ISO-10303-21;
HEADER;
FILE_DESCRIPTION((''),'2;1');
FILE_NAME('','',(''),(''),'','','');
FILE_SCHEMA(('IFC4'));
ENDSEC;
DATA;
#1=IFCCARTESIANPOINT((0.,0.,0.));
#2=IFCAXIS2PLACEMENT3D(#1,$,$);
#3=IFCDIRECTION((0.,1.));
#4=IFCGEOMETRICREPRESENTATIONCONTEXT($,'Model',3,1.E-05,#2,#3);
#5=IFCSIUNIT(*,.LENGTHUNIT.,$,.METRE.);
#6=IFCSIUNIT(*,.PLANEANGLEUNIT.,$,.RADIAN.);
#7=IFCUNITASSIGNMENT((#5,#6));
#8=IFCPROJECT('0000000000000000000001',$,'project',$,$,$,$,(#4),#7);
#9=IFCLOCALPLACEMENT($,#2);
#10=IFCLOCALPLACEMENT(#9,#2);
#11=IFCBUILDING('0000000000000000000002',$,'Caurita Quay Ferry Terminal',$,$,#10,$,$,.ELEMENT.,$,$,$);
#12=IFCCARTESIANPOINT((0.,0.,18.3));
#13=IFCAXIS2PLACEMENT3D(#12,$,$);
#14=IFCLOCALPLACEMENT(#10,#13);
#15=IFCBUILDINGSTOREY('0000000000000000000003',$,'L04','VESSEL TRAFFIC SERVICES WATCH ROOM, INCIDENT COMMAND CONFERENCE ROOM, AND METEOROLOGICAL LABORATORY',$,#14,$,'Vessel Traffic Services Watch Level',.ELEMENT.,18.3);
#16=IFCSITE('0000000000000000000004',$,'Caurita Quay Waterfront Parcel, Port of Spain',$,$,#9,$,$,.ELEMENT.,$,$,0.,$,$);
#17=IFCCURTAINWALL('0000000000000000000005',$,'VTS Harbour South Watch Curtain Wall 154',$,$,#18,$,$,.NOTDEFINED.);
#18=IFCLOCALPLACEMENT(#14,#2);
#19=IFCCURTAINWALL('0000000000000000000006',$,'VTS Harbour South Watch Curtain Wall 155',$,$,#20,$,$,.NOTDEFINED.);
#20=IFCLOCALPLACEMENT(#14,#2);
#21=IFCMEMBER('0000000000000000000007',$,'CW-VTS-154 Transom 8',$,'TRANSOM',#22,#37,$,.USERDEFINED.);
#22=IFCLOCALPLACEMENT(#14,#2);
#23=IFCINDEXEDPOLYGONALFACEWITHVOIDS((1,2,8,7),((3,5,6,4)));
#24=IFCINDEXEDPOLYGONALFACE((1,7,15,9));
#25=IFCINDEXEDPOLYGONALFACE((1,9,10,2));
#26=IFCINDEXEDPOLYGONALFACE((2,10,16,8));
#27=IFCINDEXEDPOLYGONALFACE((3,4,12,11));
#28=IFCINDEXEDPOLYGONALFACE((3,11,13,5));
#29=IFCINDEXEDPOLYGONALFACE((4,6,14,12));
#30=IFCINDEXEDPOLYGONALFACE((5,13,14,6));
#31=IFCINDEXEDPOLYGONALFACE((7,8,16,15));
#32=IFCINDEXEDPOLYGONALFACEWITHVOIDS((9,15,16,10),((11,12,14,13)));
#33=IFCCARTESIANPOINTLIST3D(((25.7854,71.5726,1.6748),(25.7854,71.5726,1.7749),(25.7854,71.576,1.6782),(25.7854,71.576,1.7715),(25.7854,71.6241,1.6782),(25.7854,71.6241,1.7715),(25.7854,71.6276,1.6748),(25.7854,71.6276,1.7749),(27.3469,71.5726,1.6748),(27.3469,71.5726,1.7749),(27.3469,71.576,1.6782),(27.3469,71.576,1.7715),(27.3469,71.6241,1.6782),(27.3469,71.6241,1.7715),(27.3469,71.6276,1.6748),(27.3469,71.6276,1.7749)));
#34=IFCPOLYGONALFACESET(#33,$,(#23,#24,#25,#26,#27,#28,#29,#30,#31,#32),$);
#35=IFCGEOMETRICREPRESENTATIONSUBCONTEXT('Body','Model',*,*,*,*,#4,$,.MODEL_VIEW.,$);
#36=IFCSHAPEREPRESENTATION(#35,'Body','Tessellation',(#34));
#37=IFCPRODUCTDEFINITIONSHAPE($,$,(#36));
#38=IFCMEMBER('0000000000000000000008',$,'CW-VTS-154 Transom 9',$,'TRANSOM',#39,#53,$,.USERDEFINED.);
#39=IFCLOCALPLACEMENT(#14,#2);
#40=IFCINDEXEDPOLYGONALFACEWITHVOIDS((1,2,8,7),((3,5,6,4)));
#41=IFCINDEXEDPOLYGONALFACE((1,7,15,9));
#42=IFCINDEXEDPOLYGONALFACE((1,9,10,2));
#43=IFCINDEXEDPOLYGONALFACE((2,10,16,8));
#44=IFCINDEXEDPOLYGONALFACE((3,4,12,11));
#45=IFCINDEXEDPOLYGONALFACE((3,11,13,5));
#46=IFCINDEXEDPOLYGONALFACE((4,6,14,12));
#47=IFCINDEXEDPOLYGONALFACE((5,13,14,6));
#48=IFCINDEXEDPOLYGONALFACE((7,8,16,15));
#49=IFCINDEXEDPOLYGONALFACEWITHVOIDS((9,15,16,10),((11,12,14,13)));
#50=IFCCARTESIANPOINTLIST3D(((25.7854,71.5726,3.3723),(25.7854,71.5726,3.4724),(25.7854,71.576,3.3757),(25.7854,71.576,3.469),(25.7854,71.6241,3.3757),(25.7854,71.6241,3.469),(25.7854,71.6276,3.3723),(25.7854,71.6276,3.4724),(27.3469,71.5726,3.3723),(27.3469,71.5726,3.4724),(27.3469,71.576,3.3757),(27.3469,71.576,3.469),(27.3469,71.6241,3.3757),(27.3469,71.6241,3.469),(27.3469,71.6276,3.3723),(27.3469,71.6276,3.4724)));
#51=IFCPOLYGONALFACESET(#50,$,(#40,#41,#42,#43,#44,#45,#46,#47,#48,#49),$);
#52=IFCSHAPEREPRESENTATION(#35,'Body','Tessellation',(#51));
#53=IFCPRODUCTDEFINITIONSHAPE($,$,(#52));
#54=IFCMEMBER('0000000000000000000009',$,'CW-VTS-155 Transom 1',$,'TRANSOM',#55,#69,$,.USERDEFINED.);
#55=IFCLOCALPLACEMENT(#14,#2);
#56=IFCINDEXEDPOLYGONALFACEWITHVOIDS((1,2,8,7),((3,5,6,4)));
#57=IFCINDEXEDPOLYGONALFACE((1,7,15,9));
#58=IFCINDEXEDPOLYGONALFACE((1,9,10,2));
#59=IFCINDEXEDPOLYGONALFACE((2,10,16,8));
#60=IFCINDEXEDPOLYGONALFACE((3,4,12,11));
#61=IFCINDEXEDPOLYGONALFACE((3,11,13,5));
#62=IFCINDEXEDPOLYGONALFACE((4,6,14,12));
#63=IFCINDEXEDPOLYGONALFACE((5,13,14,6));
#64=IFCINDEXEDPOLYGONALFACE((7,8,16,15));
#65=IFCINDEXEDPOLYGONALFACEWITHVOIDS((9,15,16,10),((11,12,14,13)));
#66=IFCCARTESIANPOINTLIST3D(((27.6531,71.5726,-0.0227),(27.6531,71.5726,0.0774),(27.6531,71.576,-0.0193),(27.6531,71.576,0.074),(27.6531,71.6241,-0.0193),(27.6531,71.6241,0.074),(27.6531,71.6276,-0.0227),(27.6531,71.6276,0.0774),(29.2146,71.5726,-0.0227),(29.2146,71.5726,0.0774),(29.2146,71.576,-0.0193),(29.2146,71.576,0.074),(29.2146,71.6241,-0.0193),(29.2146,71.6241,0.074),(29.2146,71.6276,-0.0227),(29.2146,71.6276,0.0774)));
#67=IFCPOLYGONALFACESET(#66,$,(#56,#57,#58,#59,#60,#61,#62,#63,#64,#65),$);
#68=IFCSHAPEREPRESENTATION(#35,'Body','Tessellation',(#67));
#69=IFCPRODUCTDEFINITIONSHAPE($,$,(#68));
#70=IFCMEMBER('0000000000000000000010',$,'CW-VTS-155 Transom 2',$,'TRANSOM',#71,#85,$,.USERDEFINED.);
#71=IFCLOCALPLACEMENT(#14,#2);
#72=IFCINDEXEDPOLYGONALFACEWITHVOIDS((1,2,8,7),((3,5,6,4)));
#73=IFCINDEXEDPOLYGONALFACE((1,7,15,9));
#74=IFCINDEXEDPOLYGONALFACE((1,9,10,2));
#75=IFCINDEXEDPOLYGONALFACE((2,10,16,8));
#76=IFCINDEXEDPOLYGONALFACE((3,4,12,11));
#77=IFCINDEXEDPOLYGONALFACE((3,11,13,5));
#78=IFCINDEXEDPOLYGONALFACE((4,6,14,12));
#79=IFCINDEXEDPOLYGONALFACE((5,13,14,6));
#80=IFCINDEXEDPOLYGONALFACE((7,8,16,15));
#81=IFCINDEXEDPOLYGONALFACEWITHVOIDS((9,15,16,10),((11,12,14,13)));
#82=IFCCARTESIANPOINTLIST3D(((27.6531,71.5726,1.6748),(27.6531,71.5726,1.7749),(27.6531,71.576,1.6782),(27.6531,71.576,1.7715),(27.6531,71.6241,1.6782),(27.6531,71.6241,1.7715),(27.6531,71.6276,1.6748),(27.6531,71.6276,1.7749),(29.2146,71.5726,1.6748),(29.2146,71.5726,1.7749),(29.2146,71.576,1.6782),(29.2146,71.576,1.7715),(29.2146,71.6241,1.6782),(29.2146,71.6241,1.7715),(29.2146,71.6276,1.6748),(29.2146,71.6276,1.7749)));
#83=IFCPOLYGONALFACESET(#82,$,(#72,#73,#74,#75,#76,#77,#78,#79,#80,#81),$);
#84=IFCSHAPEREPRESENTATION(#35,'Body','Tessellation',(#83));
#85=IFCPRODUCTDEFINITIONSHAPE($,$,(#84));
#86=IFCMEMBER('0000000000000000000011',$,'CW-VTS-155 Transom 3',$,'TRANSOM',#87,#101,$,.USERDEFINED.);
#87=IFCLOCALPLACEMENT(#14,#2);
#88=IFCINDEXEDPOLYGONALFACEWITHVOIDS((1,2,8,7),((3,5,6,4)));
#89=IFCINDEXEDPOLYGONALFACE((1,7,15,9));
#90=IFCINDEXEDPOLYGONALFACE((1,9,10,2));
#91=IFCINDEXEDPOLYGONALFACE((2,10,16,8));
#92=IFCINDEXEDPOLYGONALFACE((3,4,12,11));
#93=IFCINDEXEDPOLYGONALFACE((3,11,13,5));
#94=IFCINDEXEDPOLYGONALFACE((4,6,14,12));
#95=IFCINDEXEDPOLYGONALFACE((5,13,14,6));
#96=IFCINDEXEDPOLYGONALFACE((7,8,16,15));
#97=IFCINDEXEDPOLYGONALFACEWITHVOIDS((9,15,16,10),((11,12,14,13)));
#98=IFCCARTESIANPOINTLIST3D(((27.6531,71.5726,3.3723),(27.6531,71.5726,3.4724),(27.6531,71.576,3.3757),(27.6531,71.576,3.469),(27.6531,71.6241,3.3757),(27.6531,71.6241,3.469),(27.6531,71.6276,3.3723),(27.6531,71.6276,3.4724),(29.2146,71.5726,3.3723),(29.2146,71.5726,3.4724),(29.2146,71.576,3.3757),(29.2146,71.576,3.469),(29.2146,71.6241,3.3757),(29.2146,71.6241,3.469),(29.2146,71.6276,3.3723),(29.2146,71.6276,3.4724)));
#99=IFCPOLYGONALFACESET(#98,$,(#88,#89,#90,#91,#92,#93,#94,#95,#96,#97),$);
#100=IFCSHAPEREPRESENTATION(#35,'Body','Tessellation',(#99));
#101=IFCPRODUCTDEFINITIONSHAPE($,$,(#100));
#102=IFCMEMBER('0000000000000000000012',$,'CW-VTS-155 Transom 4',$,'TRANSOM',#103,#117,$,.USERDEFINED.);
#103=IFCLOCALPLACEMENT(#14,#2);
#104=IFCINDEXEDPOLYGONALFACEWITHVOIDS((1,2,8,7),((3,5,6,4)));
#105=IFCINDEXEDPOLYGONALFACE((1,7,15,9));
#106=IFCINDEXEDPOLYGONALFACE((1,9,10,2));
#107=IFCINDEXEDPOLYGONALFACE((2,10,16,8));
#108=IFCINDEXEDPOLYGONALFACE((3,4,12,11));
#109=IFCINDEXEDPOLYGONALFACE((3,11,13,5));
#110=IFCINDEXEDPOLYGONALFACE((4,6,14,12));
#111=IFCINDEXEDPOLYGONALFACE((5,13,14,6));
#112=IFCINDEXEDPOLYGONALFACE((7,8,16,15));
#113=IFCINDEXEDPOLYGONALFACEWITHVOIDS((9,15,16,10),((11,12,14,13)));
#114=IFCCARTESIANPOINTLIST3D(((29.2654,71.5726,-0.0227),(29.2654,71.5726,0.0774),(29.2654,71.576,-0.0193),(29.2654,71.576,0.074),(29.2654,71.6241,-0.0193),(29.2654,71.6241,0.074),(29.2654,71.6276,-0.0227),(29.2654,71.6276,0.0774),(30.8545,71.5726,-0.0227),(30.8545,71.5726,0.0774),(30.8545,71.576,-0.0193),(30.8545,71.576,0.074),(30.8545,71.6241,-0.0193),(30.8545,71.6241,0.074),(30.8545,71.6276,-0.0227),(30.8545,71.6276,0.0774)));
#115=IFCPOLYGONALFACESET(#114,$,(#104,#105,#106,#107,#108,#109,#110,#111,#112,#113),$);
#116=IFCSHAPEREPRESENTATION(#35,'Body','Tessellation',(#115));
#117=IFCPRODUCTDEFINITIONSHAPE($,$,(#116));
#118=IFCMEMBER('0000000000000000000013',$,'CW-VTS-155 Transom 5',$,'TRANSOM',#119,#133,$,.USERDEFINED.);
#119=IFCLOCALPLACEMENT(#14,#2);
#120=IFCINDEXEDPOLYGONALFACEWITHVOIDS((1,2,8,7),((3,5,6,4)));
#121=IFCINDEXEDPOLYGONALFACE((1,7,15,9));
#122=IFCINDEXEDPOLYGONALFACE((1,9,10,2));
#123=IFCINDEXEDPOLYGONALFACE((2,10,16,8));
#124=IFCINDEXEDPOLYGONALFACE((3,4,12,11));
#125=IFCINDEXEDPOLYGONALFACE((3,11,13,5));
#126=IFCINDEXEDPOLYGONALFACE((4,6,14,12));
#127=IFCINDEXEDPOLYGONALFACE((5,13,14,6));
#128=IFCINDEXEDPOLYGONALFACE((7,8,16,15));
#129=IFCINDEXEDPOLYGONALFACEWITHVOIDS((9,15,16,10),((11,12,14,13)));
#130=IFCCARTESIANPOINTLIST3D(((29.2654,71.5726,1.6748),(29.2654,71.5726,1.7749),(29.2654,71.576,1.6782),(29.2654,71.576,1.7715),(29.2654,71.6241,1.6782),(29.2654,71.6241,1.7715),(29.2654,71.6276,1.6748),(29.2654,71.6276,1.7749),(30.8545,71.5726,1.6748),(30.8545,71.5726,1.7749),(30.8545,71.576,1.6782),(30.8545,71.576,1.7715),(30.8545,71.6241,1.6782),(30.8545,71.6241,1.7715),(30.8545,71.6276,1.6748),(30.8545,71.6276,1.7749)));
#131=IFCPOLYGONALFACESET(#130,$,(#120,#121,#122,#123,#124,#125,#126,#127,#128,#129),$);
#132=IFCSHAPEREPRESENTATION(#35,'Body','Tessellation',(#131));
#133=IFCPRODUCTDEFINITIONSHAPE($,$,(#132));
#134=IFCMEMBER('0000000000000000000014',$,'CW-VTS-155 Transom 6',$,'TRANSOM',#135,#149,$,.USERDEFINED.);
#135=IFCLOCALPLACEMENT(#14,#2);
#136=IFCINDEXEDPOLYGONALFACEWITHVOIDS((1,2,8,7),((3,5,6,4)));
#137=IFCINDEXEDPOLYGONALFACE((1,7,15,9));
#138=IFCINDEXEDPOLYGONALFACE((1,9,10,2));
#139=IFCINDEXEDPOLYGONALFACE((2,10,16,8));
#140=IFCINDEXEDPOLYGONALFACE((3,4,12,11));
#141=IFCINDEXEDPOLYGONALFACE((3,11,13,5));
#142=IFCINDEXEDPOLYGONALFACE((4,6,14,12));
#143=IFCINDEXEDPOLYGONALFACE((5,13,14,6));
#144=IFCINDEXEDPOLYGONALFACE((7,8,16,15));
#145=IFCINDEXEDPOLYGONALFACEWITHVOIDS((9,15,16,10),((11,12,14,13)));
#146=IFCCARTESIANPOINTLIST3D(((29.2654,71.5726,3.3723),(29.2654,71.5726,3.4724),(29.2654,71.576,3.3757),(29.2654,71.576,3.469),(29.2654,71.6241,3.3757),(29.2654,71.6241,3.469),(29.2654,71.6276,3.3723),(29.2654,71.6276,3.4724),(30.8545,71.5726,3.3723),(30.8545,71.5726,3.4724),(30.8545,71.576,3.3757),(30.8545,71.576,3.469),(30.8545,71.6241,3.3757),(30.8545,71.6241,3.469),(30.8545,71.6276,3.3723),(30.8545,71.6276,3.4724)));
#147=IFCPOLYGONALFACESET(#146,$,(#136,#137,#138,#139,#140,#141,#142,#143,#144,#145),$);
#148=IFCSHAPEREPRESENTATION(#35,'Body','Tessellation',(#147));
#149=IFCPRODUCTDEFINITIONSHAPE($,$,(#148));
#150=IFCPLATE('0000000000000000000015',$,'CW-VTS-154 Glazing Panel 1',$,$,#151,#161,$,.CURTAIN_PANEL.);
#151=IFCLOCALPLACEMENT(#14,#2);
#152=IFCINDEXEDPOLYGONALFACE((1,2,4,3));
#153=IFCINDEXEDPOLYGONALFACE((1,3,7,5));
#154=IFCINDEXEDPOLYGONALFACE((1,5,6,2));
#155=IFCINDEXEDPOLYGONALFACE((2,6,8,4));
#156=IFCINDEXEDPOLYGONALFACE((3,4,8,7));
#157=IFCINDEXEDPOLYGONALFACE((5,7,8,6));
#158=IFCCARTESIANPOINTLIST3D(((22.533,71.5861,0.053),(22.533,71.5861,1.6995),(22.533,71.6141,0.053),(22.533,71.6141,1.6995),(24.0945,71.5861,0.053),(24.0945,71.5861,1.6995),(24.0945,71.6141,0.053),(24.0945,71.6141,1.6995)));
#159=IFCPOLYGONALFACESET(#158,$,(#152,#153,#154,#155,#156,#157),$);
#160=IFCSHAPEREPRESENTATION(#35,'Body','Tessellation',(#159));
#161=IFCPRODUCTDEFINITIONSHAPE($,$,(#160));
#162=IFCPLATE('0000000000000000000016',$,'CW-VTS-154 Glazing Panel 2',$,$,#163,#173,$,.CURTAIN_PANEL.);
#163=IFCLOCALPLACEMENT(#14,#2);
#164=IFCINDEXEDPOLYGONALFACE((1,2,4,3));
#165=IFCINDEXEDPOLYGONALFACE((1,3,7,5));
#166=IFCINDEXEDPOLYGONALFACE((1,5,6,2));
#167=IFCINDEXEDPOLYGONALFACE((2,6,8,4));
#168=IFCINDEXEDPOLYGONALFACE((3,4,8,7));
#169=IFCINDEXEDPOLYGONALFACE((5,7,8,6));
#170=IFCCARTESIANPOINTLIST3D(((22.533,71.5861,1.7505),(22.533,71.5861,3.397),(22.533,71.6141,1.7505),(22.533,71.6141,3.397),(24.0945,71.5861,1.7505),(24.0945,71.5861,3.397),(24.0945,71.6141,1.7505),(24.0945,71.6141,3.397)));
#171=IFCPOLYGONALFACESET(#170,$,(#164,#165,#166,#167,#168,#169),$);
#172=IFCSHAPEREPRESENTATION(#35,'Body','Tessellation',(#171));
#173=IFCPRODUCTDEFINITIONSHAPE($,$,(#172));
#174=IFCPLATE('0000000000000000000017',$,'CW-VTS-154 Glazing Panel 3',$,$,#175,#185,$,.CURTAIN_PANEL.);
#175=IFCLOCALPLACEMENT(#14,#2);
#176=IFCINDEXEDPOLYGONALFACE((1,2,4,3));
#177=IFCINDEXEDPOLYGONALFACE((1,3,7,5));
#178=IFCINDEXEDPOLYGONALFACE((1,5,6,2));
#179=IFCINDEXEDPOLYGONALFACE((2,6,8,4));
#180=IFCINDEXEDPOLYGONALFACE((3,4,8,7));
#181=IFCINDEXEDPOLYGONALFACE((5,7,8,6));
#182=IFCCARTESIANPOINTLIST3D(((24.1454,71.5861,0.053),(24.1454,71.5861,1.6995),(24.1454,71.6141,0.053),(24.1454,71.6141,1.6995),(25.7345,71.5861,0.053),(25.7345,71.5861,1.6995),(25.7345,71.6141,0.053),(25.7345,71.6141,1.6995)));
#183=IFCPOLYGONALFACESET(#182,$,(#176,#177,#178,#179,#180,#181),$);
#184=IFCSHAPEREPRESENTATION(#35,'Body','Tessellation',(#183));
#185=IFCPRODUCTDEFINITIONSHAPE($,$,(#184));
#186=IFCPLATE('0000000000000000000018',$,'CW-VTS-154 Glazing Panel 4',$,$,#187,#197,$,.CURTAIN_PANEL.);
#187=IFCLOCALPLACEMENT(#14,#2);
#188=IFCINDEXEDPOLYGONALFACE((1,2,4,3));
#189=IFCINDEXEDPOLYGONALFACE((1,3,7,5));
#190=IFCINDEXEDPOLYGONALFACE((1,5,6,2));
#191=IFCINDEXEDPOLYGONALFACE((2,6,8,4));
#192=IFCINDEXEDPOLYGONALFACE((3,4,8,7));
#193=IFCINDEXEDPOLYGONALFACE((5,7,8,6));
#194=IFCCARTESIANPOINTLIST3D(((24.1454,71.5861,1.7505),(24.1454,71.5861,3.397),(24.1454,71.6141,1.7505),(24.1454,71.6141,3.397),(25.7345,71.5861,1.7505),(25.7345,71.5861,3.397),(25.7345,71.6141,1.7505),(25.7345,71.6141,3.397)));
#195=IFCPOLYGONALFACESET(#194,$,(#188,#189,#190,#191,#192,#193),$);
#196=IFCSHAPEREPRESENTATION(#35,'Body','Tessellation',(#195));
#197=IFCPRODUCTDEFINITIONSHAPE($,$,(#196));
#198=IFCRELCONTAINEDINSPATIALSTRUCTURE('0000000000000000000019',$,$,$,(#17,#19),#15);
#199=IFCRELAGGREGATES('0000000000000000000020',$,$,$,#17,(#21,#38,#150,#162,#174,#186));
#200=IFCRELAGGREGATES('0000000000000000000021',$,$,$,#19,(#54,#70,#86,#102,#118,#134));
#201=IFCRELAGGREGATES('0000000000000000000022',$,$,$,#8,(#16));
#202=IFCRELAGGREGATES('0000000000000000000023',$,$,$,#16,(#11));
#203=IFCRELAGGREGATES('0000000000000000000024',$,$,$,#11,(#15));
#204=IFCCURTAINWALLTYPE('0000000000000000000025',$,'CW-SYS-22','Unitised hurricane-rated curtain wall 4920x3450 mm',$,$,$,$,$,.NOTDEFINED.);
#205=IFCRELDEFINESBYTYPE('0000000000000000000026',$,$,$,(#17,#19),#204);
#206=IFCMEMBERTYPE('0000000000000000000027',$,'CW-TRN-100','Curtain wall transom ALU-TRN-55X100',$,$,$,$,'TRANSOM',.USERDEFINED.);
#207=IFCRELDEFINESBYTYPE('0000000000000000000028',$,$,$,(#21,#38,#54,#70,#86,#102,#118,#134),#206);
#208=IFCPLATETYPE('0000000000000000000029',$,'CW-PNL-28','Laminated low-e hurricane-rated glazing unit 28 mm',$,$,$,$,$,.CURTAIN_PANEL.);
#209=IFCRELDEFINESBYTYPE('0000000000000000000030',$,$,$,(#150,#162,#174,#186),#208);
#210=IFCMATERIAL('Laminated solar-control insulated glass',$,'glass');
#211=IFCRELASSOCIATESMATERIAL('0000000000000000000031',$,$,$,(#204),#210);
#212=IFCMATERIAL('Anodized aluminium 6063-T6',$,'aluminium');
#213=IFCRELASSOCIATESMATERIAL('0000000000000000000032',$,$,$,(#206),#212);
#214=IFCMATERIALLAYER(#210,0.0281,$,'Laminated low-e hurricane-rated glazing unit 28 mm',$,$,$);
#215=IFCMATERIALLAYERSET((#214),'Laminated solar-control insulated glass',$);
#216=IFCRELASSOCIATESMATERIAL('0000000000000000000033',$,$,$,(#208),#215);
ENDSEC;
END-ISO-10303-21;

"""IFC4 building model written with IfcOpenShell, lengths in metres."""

from ifc_helpers import new_model, si_unit, direction, frame, origin, origin_2d, place, context, subcontext, project, spatial, rectangle, hollow_rectangle, extrude, material, layer, layer_set, material_profile, profile_set, type_object, element, aggregate, save


model = new_model("IFC4")

# Units and contexts
model_context = context("Model", 3, precision=1e-05, world=origin(), true_north=direction((0.0, 1.0)))
body_context = subcontext(model_context, "Body", "Model", "MODEL_VIEW")
ifc_project = project(units=[si_unit("LENGTHUNIT", "METRE"), si_unit("PLANEANGLEUNIT", "RADIAN")], contexts=[model_context])

# Site, building, storey
site_placement = place(None, origin())
site = spatial("IfcSite", under=ifc_project, at=site_placement, Name="Caurita Quay Waterfront Parcel, Port of Spain", CompositionType="ELEMENT", RefElevation=0.0)
building_placement = place(site_placement, origin())
building = spatial("IfcBuilding", under=site, at=building_placement, Name="Caurita Quay Ferry Terminal", CompositionType="ELEMENT")
storey_placement = place(building_placement, frame((0.0, 0.0, 18.3)))
storey = spatial("IfcBuildingStorey", under=building, at=storey_placement, Name="L04", Description="VESSEL TRAFFIC SERVICES WATCH ROOM, INCIDENT COMMAND CONFERENCE ROOM, AND METEOROLOGICAL LABORATORY", LongName="Vessel Traffic Services Watch Level", CompositionType="ELEMENT", Elevation=18.3)

# Curtain walls
ifc_material_1 = material(Name="Laminated solar-control insulated glass", Category="glass")
curtain_wall_type = type_object("IfcCurtainWallType", Name="CW-SYS-22", Description="Unitised hurricane-rated curtain wall 4920x3450 mm", PredefinedType="NOTDEFINED", material=ifc_material_1)
curtain_wall_1_placement = place(storey_placement, origin())
curtain_wall_1 = element("IfcCurtainWall", 1, at=curtain_wall_1_placement, inside=storey, type_object=curtain_wall_type, Name="VTS Harbour South Watch Curtain Wall 154", PredefinedType="NOTDEFINED")
ifc_material_2 = material(Name="Anodized aluminium 6063-T6", Category="aluminium")
curtain_wall_2_placement = place(storey_placement, origin())
curtain_wall_2 = element("IfcCurtainWall", 2, at=curtain_wall_2_placement, inside=storey, type_object=curtain_wall_type, Name="VTS Harbour South Watch Curtain Wall 155", PredefinedType="NOTDEFINED")

# Members
ifc_material_profile_1 = material_profile(ifc_material_2, hollow_rectangle(XDim=0.0549, YDim=0.1001, WallThickness=0.0034, at=origin_2d()), Name="ALU-TRN-55X100")
ifc_profile_set_1 = profile_set([ifc_material_profile_1], Name="Anodized aluminium 6063-T6")
member_type_1 = type_object("IfcMemberType", Name="CW-TRN-100", Description="Curtain wall transom ALU-TRN-55X100", ElementType="TRANSOM", PredefinedType="USERDEFINED", material=ifc_profile_set_1)
member_1_placement = place(storey_placement, frame((25.7854, 71.6001, 1.7249), z_axis=(1.0, 0.0, 0.0), x_axis=(0.0, 1.0, 0.0)))
member_1 = element("IfcMember", 3, at=member_1_placement, type_object=member_type_1, Name="CW-VTS-154 Transom 8", ObjectType="TRANSOM", PredefinedType="USERDEFINED", context=body_context, shape_type="SweptSolid", body=[
    extrude(hollow_rectangle(XDim=0.0549, YDim=0.1001, WallThickness=0.0034, at=origin_2d()), origin(), (0.0, 0.0, 1.0), 1.5615),
])
member_2_placement = place(storey_placement, frame((25.7854, 71.6001, 3.4224), z_axis=(1.0, 0.0, 0.0), x_axis=(0.0, 1.0, 0.0)))
member_2 = element("IfcMember", 4, at=member_2_placement, type_object=member_type_1, Name="CW-VTS-154 Transom 9", ObjectType="TRANSOM", PredefinedType="USERDEFINED", context=body_context, shape_type="SweptSolid", body=[
    extrude(hollow_rectangle(XDim=0.0549, YDim=0.1001, WallThickness=0.0034, at=origin_2d()), origin(), (0.0, 0.0, 1.0), 1.5615),
])
member_3_placement = place(storey_placement, frame((27.6531, 71.6001, 0.0273), z_axis=(1.0, 0.0, 0.0), x_axis=(0.0, 1.0, 0.0)))
member_3 = element("IfcMember", 5, at=member_3_placement, type_object=member_type_1, Name="CW-VTS-155 Transom 1", ObjectType="TRANSOM", PredefinedType="USERDEFINED", context=body_context, shape_type="SweptSolid", body=[
    extrude(hollow_rectangle(XDim=0.0549, YDim=0.1001, WallThickness=0.0034, at=origin_2d()), origin(), (0.0, 0.0, 1.0), 1.5615),
])
member_4_placement = place(storey_placement, frame((27.6531, 71.6001, 1.7249), z_axis=(1.0, 0.0, 0.0), x_axis=(0.0, 1.0, 0.0)))
member_4 = element("IfcMember", 6, at=member_4_placement, type_object=member_type_1, Name="CW-VTS-155 Transom 2", ObjectType="TRANSOM", PredefinedType="USERDEFINED", context=body_context, shape_type="SweptSolid", body=[
    extrude(hollow_rectangle(XDim=0.0549, YDim=0.1001, WallThickness=0.0034, at=origin_2d()), origin(), (0.0, 0.0, 1.0), 1.5615),
])
member_5_placement = place(storey_placement, frame((27.6531, 71.6001, 3.4224), z_axis=(1.0, 0.0, 0.0), x_axis=(0.0, 1.0, 0.0)))
member_5 = element("IfcMember", 7, at=member_5_placement, type_object=member_type_1, Name="CW-VTS-155 Transom 3", ObjectType="TRANSOM", PredefinedType="USERDEFINED", context=body_context, shape_type="SweptSolid", body=[
    extrude(hollow_rectangle(XDim=0.0549, YDim=0.1001, WallThickness=0.0034, at=origin_2d()), origin(), (0.0, 0.0, 1.0), 1.5615),
])
member_6_placement = place(storey_placement, frame((29.2654, 71.6001, 0.0273), z_axis=(1.0, 0.0, 0.0), x_axis=(0.0, 1.0, 0.0)))
member_6 = element("IfcMember", 8, at=member_6_placement, type_object=member_type_1, Name="CW-VTS-155 Transom 4", ObjectType="TRANSOM", PredefinedType="USERDEFINED", context=body_context, shape_type="SweptSolid", body=[
    extrude(hollow_rectangle(XDim=0.0549, YDim=0.1001, WallThickness=0.0034, at=origin_2d()), origin(), (0.0, 0.0, 1.0), 1.5891),
])
member_7_placement = place(storey_placement, frame((29.2654, 71.6001, 1.7249), z_axis=(1.0, 0.0, 0.0), x_axis=(0.0, 1.0, 0.0)))
member_7 = element("IfcMember", 9, at=member_7_placement, type_object=member_type_1, Name="CW-VTS-155 Transom 5", ObjectType="TRANSOM", PredefinedType="USERDEFINED", context=body_context, shape_type="SweptSolid", body=[
    extrude(hollow_rectangle(XDim=0.0549, YDim=0.1001, WallThickness=0.0034, at=origin_2d()), origin(), (0.0, 0.0, 1.0), 1.5891),
])
member_8_placement = place(storey_placement, frame((29.2654, 71.6001, 3.4224), z_axis=(1.0, 0.0, 0.0), x_axis=(0.0, 1.0, 0.0)))
member_8 = element("IfcMember", 10, at=member_8_placement, type_object=member_type_1, Name="CW-VTS-155 Transom 6", ObjectType="TRANSOM", PredefinedType="USERDEFINED", context=body_context, shape_type="SweptSolid", body=[
    extrude(hollow_rectangle(XDim=0.0549, YDim=0.1001, WallThickness=0.0034, at=origin_2d()), origin(), (0.0, 0.0, 1.0), 1.5891),
])

# Plates
ifc_layer_1 = layer(ifc_material_1, 0.0281, Name="Laminated low-e hurricane-rated glazing unit 28 mm")
ifc_layer_set_1 = layer_set([ifc_layer_1], Name="Laminated solar-control insulated glass")
plate_type = type_object("IfcPlateType", Name="CW-PNL-28", Description="Laminated low-e hurricane-rated glazing unit 28 mm", PredefinedType="CURTAIN_PANEL", material=ifc_layer_set_1)
plate_1_placement = place(storey_placement, frame((23.3137, 71.6001, 0.053), z_axis=(0.0, 0.0, 1.0), x_axis=(1.0, 0.0, 0.0)))
plate_1 = element("IfcPlate", 11, at=plate_1_placement, type_object=plate_type, Name="CW-VTS-154 Glazing Panel 1", PredefinedType="CURTAIN_PANEL", context=body_context, shape_type="SweptSolid", body=[
    extrude(rectangle(XDim=1.5615, YDim=0.0281, at=origin_2d()), origin(), (0.0, 0.0, 1.0), 1.6465),
])
plate_2_placement = place(storey_placement, frame((23.3137, 71.6001, 1.7505), z_axis=(0.0, 0.0, 1.0), x_axis=(1.0, 0.0, 0.0)))
plate_2 = element("IfcPlate", 12, at=plate_2_placement, type_object=plate_type, Name="CW-VTS-154 Glazing Panel 2", PredefinedType="CURTAIN_PANEL", context=body_context, shape_type="SweptSolid", body=[
    extrude(rectangle(XDim=1.5615, YDim=0.0281, at=origin_2d()), origin(), (0.0, 0.0, 1.0), 1.6465),
])
plate_3_placement = place(storey_placement, frame((24.9399, 71.6001, 0.053), z_axis=(0.0, 0.0, 1.0), x_axis=(1.0, 0.0, 0.0)))
plate_3 = element("IfcPlate", 13, at=plate_3_placement, type_object=plate_type, Name="CW-VTS-154 Glazing Panel 3", PredefinedType="CURTAIN_PANEL", context=body_context, shape_type="SweptSolid", body=[
    extrude(rectangle(XDim=1.5891, YDim=0.0281, at=origin_2d()), origin(), (0.0, 0.0, 1.0), 1.6465),
])
plate_4_placement = place(storey_placement, frame((24.9399, 71.6001, 1.7505), z_axis=(0.0, 0.0, 1.0), x_axis=(1.0, 0.0, 0.0)))
plate_4 = element("IfcPlate", 14, at=plate_4_placement, type_object=plate_type, Name="CW-VTS-154 Glazing Panel 4", PredefinedType="CURTAIN_PANEL", context=body_context, shape_type="SweptSolid", body=[
    extrude(rectangle(XDim=1.5891, YDim=0.0281, at=origin_2d()), origin(), (0.0, 0.0, 1.0), 1.6465),
])
aggregate(curtain_wall_1, [member_1, member_2, plate_1, plate_2, plate_3, plate_4])
aggregate(curtain_wall_2, [member_3, member_4, member_5, member_6, member_7, member_8])

save(model, "model.ifc")
